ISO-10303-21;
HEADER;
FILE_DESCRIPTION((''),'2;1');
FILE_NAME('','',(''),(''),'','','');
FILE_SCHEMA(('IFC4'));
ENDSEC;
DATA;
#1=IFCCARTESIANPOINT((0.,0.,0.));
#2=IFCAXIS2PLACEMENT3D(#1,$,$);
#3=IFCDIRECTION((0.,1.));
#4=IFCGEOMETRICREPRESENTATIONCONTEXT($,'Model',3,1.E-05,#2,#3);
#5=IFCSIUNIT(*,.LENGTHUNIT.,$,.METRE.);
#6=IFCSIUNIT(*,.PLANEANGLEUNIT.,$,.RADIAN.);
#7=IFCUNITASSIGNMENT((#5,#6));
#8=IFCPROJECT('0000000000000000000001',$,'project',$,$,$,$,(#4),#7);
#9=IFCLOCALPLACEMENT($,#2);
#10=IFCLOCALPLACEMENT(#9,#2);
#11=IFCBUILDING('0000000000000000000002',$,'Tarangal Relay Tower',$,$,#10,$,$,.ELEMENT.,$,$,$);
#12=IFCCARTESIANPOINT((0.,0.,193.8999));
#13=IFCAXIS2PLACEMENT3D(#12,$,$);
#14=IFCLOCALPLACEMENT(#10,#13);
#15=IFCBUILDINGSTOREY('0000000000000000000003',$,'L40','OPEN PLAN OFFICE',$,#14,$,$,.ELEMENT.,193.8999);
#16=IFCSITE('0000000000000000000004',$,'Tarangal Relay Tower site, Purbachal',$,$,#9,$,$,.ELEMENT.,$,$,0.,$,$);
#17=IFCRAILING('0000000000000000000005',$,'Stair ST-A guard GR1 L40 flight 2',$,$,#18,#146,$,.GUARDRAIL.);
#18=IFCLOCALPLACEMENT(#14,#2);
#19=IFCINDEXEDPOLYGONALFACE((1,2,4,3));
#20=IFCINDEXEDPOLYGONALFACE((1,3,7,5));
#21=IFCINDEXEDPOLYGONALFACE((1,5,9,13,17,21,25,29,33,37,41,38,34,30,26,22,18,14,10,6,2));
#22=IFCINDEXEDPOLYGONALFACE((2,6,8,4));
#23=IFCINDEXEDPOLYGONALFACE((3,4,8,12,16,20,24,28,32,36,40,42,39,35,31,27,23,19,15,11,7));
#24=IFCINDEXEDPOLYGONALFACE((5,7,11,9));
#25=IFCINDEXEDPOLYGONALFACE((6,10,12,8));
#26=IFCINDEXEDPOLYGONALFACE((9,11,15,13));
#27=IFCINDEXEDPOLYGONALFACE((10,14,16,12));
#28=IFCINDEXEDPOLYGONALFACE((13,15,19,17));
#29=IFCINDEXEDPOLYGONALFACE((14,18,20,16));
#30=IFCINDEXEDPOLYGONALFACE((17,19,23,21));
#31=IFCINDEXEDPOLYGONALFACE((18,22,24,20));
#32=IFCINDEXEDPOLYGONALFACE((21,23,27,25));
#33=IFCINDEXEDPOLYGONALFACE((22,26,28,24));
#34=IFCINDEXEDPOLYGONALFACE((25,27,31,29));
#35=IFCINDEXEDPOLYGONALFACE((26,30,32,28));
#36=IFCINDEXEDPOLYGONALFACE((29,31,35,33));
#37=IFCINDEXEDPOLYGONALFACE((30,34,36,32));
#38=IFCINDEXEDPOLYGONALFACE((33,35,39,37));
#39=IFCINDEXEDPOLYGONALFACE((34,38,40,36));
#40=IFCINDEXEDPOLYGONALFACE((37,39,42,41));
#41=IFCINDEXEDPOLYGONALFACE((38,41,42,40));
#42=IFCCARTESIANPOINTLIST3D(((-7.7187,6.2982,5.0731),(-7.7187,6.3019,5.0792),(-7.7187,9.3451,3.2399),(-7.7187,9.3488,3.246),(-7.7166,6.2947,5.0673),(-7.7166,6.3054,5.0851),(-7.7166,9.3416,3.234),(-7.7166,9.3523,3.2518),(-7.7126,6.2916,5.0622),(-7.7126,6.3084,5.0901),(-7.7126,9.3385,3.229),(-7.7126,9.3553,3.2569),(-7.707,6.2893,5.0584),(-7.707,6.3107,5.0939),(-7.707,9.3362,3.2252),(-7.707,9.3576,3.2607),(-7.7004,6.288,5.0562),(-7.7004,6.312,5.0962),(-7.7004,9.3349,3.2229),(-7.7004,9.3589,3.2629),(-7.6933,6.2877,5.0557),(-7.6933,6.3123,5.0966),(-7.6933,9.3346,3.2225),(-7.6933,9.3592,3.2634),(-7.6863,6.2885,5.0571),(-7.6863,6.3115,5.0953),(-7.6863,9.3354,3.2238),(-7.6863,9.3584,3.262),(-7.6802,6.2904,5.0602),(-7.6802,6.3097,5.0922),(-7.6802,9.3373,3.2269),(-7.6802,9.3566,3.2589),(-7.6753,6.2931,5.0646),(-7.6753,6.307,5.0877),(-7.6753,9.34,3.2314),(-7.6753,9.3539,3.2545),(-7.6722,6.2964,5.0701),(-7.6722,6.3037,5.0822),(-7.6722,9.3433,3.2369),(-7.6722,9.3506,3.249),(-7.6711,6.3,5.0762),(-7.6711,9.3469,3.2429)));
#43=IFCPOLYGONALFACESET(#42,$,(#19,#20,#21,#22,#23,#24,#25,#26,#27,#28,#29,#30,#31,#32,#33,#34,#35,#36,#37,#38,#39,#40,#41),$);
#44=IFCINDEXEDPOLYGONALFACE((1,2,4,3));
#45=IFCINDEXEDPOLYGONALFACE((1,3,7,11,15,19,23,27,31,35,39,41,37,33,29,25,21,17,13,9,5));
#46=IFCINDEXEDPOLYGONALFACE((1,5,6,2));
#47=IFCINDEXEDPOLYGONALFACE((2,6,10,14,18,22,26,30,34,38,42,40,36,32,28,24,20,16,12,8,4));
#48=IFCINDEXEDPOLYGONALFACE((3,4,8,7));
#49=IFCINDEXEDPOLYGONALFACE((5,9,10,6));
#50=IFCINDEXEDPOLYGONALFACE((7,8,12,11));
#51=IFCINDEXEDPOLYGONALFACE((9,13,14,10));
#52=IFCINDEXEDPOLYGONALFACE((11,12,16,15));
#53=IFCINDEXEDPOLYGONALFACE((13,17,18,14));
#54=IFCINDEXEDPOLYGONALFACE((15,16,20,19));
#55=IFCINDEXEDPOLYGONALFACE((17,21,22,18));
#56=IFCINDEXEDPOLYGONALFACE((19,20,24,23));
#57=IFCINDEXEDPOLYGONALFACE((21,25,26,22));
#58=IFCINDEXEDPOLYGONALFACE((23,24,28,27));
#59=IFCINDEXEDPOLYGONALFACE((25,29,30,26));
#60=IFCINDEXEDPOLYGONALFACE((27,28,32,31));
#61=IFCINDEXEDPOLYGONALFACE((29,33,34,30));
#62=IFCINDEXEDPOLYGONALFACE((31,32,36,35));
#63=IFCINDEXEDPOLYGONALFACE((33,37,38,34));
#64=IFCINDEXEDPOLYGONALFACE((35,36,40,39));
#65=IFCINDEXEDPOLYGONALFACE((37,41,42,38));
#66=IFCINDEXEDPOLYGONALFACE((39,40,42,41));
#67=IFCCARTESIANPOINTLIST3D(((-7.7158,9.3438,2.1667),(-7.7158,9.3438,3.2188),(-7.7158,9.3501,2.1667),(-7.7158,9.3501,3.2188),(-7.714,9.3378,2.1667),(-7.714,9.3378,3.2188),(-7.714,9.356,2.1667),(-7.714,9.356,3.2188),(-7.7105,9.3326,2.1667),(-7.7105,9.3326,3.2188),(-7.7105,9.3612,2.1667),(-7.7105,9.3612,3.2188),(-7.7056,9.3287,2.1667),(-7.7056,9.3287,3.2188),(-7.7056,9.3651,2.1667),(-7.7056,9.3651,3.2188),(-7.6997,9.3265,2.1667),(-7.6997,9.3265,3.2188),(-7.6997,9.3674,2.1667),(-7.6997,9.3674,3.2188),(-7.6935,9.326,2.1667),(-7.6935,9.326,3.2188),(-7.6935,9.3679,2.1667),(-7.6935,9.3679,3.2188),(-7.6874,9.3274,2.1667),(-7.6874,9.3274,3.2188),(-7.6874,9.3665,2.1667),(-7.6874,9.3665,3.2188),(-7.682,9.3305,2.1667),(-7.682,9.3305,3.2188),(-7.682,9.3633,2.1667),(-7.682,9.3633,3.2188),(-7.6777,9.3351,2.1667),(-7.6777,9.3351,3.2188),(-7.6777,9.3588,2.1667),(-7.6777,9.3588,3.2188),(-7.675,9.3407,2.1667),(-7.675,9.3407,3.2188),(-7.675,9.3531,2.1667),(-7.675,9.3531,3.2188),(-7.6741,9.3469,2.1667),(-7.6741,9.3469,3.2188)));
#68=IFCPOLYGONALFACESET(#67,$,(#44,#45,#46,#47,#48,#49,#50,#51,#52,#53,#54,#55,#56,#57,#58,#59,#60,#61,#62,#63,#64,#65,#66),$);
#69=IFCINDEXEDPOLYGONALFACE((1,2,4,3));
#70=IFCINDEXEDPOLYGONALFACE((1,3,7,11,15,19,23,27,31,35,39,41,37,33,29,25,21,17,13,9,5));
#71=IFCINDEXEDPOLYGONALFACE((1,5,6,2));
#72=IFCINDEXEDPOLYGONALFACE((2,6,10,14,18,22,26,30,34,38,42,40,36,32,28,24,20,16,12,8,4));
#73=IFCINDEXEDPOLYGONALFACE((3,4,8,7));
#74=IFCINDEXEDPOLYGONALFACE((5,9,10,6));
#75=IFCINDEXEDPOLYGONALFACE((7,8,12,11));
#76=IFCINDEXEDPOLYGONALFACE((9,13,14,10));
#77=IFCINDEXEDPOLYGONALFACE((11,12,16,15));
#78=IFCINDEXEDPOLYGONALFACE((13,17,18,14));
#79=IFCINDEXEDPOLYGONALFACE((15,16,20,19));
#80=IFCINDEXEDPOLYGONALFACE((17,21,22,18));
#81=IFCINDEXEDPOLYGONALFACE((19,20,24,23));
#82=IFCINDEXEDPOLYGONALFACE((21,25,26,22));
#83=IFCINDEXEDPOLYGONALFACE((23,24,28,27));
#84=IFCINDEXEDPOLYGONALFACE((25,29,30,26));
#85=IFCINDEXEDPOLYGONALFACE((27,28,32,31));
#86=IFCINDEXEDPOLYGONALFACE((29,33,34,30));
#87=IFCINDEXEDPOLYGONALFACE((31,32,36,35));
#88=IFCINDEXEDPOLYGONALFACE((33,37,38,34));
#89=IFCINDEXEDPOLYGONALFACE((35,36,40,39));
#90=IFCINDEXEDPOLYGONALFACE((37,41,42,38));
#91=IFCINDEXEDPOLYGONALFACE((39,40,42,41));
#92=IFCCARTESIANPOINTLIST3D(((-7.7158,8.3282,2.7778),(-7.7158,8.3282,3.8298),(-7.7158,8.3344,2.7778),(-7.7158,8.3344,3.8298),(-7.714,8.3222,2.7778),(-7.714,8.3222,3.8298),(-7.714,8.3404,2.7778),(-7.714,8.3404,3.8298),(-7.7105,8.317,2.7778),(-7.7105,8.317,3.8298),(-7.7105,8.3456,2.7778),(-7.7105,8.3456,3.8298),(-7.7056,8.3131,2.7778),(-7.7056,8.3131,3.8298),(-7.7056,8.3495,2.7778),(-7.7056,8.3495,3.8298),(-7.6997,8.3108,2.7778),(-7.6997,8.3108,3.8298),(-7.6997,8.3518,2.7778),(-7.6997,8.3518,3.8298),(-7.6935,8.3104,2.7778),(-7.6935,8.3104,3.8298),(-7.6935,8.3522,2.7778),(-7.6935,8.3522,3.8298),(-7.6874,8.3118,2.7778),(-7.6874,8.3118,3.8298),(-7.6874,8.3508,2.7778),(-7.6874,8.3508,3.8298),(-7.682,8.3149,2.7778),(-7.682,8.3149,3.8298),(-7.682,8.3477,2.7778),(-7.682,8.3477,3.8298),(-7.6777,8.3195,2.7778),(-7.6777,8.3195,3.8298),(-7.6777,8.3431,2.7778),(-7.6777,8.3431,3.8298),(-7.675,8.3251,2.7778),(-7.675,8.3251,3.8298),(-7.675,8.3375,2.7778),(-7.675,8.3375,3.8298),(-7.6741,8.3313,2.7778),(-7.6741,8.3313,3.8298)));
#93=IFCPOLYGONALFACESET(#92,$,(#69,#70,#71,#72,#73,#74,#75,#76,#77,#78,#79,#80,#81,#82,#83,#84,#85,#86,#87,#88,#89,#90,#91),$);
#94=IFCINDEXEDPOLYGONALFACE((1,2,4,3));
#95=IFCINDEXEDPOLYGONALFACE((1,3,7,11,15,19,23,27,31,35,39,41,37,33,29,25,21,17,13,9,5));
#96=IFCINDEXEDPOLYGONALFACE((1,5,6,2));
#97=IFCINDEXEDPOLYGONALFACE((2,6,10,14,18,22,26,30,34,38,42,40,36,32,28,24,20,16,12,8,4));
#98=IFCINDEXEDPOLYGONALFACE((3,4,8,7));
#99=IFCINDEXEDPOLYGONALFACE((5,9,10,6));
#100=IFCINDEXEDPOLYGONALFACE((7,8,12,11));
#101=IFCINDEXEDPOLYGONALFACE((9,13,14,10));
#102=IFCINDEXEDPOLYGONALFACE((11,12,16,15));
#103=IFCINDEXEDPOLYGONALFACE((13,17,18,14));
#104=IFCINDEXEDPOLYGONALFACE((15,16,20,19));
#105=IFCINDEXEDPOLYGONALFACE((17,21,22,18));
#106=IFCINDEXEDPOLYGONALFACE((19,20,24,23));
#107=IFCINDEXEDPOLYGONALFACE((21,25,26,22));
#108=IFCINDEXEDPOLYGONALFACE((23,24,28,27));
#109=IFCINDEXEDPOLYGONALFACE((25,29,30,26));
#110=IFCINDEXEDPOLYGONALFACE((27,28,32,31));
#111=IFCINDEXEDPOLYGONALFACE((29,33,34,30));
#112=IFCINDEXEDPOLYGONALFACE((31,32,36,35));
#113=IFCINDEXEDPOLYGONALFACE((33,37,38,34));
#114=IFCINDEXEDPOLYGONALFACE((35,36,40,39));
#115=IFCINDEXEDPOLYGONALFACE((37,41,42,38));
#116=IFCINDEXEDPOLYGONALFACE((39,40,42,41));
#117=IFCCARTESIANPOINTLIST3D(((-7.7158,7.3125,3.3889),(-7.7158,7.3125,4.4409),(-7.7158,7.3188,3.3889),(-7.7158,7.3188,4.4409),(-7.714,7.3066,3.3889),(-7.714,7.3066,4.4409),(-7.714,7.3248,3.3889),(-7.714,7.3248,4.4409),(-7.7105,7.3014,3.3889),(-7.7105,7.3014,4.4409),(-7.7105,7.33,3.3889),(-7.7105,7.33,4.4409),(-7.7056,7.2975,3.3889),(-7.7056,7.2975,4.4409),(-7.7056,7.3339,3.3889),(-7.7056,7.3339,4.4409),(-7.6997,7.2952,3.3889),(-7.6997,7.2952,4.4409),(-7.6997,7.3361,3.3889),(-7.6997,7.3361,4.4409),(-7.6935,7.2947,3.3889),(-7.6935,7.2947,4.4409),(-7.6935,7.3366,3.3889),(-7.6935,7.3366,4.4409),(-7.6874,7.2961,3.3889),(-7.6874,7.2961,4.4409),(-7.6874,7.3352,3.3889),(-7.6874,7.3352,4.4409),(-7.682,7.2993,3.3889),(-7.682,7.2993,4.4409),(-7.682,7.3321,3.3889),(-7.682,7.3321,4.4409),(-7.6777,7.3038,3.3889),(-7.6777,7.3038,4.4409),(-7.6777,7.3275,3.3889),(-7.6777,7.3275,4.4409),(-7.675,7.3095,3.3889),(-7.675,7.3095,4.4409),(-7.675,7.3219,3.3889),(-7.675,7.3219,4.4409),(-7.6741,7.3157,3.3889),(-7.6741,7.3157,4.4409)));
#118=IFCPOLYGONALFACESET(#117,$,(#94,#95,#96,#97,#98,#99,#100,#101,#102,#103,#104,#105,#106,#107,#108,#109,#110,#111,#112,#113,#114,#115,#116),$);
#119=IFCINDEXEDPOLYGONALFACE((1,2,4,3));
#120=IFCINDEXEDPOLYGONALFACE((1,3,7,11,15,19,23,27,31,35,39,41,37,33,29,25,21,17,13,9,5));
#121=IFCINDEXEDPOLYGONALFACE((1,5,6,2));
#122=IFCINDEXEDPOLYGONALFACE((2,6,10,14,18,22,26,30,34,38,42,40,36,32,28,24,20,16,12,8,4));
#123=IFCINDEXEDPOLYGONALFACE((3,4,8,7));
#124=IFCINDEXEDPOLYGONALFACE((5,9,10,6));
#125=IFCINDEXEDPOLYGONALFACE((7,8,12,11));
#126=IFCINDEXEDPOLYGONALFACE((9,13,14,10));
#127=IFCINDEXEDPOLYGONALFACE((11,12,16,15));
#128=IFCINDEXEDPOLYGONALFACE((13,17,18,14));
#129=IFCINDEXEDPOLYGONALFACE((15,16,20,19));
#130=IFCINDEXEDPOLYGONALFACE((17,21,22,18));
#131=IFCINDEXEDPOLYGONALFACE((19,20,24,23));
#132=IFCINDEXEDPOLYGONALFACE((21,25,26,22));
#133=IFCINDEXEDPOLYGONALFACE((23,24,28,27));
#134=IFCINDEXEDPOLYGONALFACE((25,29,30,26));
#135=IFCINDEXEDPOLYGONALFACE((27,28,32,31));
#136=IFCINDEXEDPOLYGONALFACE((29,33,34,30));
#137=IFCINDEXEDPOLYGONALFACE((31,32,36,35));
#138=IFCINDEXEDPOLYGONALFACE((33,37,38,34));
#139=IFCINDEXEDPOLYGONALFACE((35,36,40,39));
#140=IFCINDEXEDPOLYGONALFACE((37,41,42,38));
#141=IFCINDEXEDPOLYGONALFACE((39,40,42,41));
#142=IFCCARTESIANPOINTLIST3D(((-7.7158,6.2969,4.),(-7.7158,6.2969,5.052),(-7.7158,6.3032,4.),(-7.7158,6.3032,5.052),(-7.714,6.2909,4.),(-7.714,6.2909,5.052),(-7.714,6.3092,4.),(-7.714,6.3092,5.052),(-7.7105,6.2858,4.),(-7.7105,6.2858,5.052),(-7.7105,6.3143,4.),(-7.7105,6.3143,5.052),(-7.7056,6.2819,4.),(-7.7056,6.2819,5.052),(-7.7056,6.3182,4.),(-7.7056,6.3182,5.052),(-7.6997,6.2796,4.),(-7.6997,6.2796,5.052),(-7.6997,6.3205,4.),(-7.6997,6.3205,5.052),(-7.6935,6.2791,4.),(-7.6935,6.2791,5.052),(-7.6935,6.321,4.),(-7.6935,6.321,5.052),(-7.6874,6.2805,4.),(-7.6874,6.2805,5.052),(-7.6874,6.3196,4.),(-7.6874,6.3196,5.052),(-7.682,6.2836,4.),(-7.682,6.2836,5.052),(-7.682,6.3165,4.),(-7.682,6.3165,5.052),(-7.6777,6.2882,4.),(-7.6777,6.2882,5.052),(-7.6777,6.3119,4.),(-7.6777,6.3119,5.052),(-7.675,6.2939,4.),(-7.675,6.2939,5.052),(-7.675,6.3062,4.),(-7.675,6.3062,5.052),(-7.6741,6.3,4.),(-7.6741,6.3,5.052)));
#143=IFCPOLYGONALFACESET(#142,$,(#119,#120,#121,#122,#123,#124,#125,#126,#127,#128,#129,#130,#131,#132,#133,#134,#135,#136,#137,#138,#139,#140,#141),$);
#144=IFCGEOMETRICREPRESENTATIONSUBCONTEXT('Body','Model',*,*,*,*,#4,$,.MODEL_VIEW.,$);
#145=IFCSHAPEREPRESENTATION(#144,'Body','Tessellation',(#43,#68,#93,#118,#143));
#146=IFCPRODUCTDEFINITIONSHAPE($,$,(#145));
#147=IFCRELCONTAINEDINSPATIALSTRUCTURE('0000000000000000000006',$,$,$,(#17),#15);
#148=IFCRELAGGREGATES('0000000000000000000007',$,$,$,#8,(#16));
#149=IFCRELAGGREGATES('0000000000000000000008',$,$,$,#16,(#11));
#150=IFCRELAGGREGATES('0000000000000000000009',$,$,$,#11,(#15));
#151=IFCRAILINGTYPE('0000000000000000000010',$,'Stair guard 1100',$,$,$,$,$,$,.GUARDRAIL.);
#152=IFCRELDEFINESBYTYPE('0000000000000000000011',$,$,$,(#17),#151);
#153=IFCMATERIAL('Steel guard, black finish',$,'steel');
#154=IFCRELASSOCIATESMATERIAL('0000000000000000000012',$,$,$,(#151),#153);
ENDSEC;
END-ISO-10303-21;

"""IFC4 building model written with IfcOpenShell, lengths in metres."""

from ifc_helpers import new_model, si_unit, direction, frame, origin, origin_2d, place, context, subcontext, project, spatial, circle, extrude, material, type_object, element, save


model = new_model("IFC4")

# Units and contexts
model_context = context("Model", 3, precision=1e-05, world=origin(), true_north=direction((0.0, 1.0)))
body_context = subcontext(model_context, "Body", "Model", "MODEL_VIEW")
ifc_project = project(units=[si_unit("LENGTHUNIT", "METRE"), si_unit("PLANEANGLEUNIT", "RADIAN")], contexts=[model_context])

# Site, building, storey
site_placement = place(None, origin())
site = spatial("IfcSite", under=ifc_project, at=site_placement, Name="Tarangal Relay Tower site, Purbachal", CompositionType="ELEMENT", RefElevation=0.0)
building_placement = place(site_placement, origin())
building = spatial("IfcBuilding", under=site, at=building_placement, Name="Tarangal Relay Tower", CompositionType="ELEMENT")
storey_placement = place(building_placement, frame((0.0, 0.0, 193.8999)))
storey = spatial("IfcBuildingStorey", under=building, at=storey_placement, Name="L40", Description="OPEN PLAN OFFICE", CompositionType="ELEMENT", Elevation=193.8999)

# Railing
ifc_material_1 = material(Name="Steel guard, black finish", Category="steel")
railing_type_1 = type_object("IfcRailingType", Name="Stair guard 1100", PredefinedType="GUARDRAIL", material=ifc_material_1)
railing_1_placement = place(storey_placement, frame((-7.6951, 9.3469, 2.1667)))
element("IfcRailing", 1, at=railing_1_placement, inside=storey, type_object=railing_type_1, Name="Stair ST-A guard GR1 L40 flight 2", PredefinedType="GUARDRAIL", context=body_context, shape_type="SweptSolid", body=[
    extrude(circle(Radius=0.0239, at=origin_2d()), frame((0.0, 0.0, 1.0762), z_axis=(0.0, -0.856856, 0.515556), x_axis=(1.0, 0.0, 0.0)), (0.0, 0.0, 1.0), 3.5559),
    extrude(circle(Radius=0.021, at=origin_2d()), origin(), (0.0, 0.0, 1.0), 1.052),
    extrude(circle(Radius=0.021, at=origin_2d()), frame((0.0, -1.0156, 0.6111)), (0.0, 0.0, 1.0), 1.052),
    extrude(circle(Radius=0.021, at=origin_2d()), frame((0.0, -2.0312, 1.2222)), (0.0, 0.0, 1.0), 1.052),
    extrude(circle(Radius=0.021, at=origin_2d()), frame((0.0, -3.0469, 1.8333)), (0.0, 0.0, 1.0), 1.052),
])

save(model, "model.ifc")
